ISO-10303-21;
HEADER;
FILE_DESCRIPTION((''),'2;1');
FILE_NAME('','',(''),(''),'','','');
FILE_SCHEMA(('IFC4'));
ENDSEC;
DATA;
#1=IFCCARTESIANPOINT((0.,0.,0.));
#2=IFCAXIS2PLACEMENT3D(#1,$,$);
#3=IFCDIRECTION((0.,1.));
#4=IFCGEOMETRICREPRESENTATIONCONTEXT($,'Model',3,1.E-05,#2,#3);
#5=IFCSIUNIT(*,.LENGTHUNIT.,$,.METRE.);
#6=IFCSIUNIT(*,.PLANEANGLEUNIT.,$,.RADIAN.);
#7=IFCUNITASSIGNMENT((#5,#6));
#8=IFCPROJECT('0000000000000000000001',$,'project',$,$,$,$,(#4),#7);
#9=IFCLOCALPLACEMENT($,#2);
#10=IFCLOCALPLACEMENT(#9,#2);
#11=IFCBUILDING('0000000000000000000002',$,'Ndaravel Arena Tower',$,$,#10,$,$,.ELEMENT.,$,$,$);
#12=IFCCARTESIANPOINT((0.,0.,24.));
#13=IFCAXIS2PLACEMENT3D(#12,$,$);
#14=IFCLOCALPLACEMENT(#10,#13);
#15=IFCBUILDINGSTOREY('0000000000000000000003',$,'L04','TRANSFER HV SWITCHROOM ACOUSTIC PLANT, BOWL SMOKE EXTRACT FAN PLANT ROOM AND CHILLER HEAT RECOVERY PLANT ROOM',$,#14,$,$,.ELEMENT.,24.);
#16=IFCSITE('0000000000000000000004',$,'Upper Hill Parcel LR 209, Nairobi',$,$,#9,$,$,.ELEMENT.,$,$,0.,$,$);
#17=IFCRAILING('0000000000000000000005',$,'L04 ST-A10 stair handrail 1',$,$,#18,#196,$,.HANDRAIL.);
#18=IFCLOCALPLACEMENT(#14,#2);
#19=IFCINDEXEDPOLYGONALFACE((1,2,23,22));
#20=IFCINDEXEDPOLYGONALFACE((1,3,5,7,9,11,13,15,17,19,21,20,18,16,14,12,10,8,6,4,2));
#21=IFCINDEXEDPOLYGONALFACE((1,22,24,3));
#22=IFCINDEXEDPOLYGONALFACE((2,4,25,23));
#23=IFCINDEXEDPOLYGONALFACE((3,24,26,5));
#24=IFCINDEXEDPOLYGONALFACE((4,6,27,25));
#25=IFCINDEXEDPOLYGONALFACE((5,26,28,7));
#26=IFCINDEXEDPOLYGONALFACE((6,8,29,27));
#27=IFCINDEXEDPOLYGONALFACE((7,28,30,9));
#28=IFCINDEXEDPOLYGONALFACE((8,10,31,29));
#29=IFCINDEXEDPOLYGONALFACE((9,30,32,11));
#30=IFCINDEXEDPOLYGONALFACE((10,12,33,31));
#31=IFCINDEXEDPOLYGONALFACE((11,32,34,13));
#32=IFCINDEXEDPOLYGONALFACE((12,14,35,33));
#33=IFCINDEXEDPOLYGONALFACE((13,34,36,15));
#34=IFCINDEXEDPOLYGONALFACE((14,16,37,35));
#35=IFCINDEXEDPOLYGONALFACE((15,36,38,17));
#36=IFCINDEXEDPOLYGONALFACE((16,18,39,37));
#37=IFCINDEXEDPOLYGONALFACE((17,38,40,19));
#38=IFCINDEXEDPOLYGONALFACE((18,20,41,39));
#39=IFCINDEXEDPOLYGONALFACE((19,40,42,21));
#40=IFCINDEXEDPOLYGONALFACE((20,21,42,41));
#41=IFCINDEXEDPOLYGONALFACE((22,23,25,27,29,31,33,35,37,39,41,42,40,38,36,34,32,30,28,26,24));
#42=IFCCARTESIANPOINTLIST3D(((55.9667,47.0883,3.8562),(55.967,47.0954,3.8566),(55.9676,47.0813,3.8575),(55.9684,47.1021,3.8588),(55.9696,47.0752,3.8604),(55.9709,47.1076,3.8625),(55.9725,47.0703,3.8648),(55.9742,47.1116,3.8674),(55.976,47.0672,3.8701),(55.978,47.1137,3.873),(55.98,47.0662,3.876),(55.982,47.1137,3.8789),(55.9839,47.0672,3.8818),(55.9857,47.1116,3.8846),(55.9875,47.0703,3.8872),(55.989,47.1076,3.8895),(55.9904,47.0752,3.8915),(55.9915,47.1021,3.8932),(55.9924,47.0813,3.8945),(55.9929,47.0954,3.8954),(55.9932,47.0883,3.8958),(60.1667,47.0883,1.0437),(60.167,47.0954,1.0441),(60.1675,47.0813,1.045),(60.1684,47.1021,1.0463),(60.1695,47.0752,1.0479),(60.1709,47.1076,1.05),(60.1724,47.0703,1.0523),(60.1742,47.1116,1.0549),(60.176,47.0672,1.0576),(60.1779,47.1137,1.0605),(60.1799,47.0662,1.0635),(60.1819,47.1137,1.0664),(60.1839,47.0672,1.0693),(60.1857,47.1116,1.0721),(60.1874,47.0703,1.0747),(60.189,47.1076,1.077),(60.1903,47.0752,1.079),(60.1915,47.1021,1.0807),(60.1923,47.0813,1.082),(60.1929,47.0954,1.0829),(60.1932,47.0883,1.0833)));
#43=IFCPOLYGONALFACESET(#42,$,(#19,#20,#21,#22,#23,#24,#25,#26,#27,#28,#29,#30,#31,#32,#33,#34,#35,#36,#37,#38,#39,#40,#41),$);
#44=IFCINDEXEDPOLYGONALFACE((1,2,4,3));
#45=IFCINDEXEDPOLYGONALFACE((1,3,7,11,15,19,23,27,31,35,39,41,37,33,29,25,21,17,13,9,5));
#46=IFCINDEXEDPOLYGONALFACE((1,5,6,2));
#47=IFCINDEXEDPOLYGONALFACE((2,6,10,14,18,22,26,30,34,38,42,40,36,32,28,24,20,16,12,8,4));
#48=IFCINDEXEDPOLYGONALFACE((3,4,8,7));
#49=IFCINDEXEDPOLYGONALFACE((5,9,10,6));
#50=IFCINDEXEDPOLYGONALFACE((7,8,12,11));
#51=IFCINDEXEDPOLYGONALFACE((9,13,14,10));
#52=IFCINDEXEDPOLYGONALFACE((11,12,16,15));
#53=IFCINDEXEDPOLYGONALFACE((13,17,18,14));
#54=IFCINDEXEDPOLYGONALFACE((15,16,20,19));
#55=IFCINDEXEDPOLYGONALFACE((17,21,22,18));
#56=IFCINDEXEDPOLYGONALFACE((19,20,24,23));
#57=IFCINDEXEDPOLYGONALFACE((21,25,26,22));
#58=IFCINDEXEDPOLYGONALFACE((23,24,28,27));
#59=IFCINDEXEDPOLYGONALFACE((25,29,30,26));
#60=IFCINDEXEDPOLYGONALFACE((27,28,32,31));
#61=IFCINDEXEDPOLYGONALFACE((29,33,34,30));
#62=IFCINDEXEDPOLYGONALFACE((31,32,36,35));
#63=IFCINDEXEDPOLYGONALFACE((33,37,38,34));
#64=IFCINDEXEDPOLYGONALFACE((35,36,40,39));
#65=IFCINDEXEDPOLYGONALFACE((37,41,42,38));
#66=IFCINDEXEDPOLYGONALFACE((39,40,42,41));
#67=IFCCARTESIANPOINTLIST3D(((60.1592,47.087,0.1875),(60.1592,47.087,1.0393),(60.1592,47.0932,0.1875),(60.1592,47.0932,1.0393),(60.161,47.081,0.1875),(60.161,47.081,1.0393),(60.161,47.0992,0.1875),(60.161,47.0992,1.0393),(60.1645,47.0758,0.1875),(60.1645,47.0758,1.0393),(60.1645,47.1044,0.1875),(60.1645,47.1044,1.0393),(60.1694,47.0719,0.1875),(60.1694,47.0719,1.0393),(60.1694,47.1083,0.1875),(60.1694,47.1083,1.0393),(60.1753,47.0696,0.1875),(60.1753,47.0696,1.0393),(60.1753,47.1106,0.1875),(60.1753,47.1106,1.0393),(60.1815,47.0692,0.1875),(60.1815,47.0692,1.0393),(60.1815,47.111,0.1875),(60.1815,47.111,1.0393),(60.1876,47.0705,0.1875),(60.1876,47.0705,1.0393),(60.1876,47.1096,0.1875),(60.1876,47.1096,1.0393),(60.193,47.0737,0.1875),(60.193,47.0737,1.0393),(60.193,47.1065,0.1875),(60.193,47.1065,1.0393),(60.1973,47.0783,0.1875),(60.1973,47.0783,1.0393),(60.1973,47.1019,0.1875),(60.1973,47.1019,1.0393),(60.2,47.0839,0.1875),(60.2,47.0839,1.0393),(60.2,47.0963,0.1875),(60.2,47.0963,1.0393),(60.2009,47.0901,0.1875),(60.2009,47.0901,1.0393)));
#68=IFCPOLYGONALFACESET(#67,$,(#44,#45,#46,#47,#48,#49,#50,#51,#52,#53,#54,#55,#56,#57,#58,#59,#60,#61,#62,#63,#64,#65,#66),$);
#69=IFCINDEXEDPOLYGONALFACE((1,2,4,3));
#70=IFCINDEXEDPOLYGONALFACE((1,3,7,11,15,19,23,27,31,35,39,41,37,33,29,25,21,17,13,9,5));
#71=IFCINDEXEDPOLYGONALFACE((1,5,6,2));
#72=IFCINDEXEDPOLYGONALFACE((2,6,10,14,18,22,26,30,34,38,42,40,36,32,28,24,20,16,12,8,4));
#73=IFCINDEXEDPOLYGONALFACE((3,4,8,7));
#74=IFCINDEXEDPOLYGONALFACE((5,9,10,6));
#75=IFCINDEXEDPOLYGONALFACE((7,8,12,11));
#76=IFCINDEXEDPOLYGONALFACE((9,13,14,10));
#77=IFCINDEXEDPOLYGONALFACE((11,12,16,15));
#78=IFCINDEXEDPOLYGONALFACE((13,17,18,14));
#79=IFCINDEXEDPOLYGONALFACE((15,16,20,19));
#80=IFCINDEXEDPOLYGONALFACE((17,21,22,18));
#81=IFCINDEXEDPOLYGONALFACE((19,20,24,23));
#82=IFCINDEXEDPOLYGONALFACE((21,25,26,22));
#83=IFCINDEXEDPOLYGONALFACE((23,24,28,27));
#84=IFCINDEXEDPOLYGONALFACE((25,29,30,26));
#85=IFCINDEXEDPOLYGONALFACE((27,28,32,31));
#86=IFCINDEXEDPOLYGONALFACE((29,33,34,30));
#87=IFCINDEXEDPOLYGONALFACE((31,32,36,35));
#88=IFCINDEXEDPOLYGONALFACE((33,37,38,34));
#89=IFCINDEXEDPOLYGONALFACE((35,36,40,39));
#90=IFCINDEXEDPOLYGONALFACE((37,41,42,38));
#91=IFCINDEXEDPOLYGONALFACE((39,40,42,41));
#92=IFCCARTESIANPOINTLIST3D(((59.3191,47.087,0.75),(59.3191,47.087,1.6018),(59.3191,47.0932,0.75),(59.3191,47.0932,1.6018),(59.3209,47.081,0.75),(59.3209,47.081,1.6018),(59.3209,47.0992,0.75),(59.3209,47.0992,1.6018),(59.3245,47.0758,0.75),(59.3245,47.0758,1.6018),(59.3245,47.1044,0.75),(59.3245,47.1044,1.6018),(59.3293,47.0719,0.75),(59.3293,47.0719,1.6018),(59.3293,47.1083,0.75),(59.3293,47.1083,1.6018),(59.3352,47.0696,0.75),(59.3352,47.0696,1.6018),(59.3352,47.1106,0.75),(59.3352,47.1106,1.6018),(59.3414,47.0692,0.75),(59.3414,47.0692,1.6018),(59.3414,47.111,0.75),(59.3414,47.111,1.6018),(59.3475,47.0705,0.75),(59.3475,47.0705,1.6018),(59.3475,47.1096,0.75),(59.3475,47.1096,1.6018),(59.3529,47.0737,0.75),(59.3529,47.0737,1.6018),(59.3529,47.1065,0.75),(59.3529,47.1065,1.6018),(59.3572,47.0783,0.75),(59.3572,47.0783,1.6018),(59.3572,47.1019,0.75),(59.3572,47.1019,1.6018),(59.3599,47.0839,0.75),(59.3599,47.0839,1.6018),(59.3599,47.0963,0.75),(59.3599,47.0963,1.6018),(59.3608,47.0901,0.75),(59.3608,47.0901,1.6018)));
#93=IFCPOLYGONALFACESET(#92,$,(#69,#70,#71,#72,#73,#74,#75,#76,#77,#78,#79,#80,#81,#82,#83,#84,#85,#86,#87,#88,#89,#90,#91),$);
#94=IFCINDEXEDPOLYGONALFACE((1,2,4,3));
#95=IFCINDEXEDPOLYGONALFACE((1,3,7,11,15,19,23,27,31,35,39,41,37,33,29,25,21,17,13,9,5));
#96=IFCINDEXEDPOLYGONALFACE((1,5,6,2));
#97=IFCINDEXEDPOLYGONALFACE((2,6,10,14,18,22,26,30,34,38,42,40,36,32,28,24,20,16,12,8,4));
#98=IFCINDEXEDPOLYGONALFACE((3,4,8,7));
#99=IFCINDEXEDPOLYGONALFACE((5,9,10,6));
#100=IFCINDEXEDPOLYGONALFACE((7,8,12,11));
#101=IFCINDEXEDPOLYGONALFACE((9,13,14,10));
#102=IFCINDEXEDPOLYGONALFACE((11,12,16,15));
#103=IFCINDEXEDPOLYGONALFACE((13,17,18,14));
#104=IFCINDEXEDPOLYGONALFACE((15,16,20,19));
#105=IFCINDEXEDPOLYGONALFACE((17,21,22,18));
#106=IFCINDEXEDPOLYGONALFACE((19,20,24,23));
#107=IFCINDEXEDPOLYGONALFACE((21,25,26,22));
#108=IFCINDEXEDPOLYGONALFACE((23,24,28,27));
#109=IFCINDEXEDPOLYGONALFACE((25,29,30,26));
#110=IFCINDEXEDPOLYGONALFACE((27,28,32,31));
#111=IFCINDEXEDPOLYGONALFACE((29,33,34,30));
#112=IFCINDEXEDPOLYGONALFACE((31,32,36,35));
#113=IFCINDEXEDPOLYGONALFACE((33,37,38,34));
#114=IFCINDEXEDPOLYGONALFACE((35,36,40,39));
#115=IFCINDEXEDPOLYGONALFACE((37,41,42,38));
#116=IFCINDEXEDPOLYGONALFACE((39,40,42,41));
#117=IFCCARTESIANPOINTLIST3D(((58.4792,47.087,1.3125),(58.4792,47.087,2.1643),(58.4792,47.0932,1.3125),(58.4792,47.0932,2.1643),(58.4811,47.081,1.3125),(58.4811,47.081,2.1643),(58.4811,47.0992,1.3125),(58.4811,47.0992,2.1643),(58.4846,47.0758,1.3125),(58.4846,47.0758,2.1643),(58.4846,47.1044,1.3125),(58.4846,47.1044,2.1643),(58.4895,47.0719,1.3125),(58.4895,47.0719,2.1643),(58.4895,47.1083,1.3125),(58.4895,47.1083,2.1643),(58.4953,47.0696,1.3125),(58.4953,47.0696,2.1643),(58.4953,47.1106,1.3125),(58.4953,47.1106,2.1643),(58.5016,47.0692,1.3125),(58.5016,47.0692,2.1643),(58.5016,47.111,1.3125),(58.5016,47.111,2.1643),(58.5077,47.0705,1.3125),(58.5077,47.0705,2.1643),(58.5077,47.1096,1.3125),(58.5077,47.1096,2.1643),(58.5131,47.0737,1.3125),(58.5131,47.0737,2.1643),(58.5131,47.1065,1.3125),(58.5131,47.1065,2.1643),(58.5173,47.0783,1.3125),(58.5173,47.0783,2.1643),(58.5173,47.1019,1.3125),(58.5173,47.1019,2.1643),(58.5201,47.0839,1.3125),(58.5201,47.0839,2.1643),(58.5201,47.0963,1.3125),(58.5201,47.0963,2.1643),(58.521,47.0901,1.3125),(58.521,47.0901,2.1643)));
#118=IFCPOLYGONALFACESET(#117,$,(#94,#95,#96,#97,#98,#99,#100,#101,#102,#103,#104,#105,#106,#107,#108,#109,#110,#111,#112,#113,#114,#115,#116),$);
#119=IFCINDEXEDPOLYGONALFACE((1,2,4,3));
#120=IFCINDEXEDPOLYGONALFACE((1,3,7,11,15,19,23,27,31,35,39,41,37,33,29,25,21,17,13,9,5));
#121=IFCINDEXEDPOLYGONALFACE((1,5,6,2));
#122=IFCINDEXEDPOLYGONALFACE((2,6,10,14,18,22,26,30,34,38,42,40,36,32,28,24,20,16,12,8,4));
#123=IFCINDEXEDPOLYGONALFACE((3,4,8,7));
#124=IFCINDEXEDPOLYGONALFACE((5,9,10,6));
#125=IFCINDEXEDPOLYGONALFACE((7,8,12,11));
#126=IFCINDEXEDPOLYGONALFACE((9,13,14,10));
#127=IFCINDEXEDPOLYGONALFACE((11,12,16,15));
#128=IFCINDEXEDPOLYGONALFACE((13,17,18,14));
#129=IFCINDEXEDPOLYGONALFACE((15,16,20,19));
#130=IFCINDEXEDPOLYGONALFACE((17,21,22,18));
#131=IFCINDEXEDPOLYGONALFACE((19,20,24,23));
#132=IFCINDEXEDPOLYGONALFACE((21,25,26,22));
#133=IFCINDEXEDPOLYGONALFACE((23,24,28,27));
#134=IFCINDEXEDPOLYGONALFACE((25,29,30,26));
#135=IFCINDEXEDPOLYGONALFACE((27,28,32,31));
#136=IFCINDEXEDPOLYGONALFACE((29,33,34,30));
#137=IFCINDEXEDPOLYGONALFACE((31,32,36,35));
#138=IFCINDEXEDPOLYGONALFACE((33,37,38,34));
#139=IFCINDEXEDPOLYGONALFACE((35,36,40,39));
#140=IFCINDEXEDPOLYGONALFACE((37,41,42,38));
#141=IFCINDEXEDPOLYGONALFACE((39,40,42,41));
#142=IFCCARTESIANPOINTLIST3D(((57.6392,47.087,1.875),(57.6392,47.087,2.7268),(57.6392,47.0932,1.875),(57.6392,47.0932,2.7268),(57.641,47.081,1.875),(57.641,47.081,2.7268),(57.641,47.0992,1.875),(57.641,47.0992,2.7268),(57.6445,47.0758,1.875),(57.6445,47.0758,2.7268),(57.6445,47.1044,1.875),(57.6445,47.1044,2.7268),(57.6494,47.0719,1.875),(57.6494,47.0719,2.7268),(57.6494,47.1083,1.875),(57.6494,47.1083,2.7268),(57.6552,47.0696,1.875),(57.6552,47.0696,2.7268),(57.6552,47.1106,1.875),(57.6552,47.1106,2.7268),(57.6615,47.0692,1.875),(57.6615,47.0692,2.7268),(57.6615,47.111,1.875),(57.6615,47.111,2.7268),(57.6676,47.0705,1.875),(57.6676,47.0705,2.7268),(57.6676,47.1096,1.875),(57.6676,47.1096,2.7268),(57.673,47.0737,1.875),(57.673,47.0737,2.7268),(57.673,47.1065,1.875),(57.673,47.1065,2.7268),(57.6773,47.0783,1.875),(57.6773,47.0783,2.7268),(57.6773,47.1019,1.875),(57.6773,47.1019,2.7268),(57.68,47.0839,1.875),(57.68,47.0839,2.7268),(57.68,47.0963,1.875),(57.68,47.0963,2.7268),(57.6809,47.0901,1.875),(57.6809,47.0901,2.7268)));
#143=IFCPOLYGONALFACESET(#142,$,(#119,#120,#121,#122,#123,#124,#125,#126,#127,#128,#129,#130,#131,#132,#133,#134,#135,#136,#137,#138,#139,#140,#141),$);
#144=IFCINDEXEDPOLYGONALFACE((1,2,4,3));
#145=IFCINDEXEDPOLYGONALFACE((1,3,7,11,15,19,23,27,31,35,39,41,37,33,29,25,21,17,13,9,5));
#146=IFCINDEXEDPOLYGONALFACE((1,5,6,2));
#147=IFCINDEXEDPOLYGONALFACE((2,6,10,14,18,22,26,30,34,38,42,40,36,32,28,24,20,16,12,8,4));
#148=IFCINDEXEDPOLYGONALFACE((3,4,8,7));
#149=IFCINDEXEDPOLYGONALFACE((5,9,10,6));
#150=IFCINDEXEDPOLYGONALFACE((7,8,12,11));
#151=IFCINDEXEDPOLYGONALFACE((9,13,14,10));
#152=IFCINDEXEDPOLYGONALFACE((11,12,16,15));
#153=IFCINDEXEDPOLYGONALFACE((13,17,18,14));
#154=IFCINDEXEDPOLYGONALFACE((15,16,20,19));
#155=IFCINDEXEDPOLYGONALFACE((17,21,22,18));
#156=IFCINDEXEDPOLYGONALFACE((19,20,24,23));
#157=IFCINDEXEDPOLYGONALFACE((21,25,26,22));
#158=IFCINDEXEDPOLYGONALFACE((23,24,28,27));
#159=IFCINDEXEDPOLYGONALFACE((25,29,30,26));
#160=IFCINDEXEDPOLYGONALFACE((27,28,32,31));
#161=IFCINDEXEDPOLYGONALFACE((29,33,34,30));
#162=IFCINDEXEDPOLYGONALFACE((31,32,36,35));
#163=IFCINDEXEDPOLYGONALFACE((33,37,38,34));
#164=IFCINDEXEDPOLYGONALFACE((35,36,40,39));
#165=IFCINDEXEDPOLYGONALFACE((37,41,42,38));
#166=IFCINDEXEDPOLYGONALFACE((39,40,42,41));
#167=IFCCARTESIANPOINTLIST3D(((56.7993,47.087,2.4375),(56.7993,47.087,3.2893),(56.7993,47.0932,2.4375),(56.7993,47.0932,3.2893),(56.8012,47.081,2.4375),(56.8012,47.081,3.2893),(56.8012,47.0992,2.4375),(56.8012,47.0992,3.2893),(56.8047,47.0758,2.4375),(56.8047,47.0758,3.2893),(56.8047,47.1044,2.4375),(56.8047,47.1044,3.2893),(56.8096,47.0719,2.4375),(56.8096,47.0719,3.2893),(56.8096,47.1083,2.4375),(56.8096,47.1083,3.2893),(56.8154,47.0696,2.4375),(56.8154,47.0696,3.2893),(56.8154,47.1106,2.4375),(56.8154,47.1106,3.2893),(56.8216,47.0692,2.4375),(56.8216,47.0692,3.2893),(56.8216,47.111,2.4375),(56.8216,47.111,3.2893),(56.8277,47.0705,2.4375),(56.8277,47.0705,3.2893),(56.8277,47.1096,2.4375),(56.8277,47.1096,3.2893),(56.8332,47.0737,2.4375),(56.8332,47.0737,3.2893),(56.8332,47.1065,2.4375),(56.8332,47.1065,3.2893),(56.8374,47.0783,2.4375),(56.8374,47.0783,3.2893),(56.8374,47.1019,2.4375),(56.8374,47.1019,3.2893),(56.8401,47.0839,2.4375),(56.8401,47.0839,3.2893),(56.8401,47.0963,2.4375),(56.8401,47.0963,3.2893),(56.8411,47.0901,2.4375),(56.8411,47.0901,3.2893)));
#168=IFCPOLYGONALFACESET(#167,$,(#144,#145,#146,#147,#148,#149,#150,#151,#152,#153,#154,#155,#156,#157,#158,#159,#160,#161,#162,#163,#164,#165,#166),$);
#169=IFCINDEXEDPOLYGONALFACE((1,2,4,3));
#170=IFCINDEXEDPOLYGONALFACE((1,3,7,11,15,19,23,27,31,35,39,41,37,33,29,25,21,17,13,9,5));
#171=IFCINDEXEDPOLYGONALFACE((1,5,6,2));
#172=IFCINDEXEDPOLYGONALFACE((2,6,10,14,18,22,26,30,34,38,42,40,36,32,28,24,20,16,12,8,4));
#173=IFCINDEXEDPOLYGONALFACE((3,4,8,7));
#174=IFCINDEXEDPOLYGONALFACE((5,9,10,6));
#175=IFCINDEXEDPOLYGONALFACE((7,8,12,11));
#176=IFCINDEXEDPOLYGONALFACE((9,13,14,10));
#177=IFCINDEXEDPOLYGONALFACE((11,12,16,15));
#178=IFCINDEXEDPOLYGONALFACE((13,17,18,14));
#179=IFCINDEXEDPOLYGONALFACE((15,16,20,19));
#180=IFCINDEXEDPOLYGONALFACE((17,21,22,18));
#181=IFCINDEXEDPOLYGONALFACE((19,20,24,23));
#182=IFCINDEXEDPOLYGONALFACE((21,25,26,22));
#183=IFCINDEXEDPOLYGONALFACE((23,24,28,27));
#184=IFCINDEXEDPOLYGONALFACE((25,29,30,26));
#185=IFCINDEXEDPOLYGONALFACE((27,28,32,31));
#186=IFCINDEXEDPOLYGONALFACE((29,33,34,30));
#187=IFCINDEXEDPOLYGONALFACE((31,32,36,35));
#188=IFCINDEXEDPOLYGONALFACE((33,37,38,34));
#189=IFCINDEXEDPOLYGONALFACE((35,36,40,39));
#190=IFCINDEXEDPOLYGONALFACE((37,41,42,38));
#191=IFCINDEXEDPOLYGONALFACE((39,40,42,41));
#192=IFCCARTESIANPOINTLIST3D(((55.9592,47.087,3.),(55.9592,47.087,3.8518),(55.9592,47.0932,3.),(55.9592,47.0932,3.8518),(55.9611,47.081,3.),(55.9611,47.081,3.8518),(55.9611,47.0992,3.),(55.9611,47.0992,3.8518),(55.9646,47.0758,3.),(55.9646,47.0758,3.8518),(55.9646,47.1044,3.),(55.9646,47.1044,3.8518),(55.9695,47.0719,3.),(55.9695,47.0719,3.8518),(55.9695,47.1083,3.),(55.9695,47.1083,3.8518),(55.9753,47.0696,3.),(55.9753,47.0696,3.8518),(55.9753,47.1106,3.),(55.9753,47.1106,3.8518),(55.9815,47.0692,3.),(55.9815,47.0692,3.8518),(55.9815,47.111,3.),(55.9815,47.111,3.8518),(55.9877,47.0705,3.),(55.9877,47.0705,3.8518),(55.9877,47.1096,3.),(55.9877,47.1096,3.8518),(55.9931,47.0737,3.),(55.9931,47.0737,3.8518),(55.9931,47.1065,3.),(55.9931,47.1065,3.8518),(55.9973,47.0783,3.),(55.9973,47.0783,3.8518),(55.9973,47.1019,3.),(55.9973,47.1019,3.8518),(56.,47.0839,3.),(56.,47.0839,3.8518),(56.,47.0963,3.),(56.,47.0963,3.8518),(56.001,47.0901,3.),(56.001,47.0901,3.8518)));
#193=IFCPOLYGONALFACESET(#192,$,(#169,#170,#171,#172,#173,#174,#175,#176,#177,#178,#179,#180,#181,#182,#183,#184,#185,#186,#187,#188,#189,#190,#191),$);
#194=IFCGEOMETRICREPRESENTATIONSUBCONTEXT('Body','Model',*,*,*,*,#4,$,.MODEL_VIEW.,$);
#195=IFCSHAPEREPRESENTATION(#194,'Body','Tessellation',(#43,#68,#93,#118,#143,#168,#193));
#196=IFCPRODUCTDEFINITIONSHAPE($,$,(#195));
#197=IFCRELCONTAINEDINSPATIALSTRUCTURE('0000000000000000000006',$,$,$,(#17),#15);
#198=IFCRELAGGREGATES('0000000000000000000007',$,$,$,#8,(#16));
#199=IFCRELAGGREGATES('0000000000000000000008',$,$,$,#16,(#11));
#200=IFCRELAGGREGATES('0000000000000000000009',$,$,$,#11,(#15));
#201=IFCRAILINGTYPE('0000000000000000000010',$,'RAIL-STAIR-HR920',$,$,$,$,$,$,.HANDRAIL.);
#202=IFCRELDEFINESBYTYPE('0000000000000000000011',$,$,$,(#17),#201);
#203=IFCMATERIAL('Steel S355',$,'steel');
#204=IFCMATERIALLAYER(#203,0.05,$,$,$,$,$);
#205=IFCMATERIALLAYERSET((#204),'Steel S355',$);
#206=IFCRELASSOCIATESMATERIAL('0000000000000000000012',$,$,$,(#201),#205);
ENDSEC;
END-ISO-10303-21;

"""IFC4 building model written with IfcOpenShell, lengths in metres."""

from ifc_helpers import new_model, si_unit, direction, frame, origin, origin_2d, place, context, subcontext, project, spatial, circle, extrude, material, layer, layer_set, type_object, element, save


model = new_model("IFC4")

# Units and contexts
model_context = context("Model", 3, precision=1e-05, world=origin(), true_north=direction((0.0, 1.0)))
body_context = subcontext(model_context, "Body", "Model", "MODEL_VIEW")
ifc_project = project(units=[si_unit("LENGTHUNIT", "METRE"), si_unit("PLANEANGLEUNIT", "RADIAN")], contexts=[model_context])

# Site, building, storey
site_placement = place(None, origin())
site = spatial("IfcSite", under=ifc_project, at=site_placement, Name="Upper Hill Parcel LR 209, Nairobi", CompositionType="ELEMENT", RefElevation=0.0)
building_placement = place(site_placement, origin())
building = spatial("IfcBuilding", under=site, at=building_placement, Name="Ndaravel Arena Tower", CompositionType="ELEMENT")
storey_placement = place(building_placement, frame((0.0, 0.0, 24.0)))
storey = spatial("IfcBuildingStorey", under=building, at=storey_placement, Name="L04", Description="TRANSFER HV SWITCHROOM ACOUSTIC PLANT, BOWL SMOKE EXTRACT FAN PLANT ROOM AND CHILLER HEAT RECOVERY PLANT ROOM", CompositionType="ELEMENT", Elevation=24.0)

# Railing
ifc_material_1 = material(Name="Steel S355", Category="steel")
ifc_layer_1 = layer(ifc_material_1, 0.05)
ifc_layer_set_1 = layer_set([ifc_layer_1], Name="Steel S355")
railing_type_1 = type_object("IfcRailingType", Name="RAIL-STAIR-HR920", PredefinedType="HANDRAIL", material=ifc_layer_set_1)
railing_1_placement = place(storey_placement, frame((60.1799, 47.0901, 0.1875)))
element("IfcRailing", 1, at=railing_1_placement, inside=storey, type_object=railing_type_1, Name="L04 ST-A10 stair handrail 1", PredefinedType="HANDRAIL", context=body_context, shape_type="SweptSolid", body=[
    extrude(circle(Radius=0.0239, at=origin_2d()), frame((0.0, 0.0, 0.876), z_axis=(-0.830904, 0.0, 0.556416), x_axis=(0.0, -1.0, 0.0)), (0.0, 0.0, 1.0), 5.0547),
    extrude(circle(Radius=0.021, at=origin_2d()), origin(), (0.0, 0.0, 1.0), 0.8518),
    extrude(circle(Radius=0.021, at=origin_2d()), frame((-0.8401, 0.0, 0.5625)), (0.0, 0.0, 1.0), 0.8518),
    extrude(circle(Radius=0.021, at=origin_2d()), frame((-1.6799, 0.0, 1.125)), (0.0, 0.0, 1.0), 0.8518),
    extrude(circle(Radius=0.021, at=origin_2d()), frame((-2.52, 0.0, 1.6875)), (0.0, 0.0, 1.0), 0.8518),
    extrude(circle(Radius=0.021, at=origin_2d()), frame((-3.3599, 0.0, 2.25)), (0.0, 0.0, 1.0), 0.8518),
    extrude(circle(Radius=0.021, at=origin_2d()), frame((-4.2, 0.0, 2.8125)), (0.0, 0.0, 1.0), 0.8518),
])

save(model, "model.ifc")
